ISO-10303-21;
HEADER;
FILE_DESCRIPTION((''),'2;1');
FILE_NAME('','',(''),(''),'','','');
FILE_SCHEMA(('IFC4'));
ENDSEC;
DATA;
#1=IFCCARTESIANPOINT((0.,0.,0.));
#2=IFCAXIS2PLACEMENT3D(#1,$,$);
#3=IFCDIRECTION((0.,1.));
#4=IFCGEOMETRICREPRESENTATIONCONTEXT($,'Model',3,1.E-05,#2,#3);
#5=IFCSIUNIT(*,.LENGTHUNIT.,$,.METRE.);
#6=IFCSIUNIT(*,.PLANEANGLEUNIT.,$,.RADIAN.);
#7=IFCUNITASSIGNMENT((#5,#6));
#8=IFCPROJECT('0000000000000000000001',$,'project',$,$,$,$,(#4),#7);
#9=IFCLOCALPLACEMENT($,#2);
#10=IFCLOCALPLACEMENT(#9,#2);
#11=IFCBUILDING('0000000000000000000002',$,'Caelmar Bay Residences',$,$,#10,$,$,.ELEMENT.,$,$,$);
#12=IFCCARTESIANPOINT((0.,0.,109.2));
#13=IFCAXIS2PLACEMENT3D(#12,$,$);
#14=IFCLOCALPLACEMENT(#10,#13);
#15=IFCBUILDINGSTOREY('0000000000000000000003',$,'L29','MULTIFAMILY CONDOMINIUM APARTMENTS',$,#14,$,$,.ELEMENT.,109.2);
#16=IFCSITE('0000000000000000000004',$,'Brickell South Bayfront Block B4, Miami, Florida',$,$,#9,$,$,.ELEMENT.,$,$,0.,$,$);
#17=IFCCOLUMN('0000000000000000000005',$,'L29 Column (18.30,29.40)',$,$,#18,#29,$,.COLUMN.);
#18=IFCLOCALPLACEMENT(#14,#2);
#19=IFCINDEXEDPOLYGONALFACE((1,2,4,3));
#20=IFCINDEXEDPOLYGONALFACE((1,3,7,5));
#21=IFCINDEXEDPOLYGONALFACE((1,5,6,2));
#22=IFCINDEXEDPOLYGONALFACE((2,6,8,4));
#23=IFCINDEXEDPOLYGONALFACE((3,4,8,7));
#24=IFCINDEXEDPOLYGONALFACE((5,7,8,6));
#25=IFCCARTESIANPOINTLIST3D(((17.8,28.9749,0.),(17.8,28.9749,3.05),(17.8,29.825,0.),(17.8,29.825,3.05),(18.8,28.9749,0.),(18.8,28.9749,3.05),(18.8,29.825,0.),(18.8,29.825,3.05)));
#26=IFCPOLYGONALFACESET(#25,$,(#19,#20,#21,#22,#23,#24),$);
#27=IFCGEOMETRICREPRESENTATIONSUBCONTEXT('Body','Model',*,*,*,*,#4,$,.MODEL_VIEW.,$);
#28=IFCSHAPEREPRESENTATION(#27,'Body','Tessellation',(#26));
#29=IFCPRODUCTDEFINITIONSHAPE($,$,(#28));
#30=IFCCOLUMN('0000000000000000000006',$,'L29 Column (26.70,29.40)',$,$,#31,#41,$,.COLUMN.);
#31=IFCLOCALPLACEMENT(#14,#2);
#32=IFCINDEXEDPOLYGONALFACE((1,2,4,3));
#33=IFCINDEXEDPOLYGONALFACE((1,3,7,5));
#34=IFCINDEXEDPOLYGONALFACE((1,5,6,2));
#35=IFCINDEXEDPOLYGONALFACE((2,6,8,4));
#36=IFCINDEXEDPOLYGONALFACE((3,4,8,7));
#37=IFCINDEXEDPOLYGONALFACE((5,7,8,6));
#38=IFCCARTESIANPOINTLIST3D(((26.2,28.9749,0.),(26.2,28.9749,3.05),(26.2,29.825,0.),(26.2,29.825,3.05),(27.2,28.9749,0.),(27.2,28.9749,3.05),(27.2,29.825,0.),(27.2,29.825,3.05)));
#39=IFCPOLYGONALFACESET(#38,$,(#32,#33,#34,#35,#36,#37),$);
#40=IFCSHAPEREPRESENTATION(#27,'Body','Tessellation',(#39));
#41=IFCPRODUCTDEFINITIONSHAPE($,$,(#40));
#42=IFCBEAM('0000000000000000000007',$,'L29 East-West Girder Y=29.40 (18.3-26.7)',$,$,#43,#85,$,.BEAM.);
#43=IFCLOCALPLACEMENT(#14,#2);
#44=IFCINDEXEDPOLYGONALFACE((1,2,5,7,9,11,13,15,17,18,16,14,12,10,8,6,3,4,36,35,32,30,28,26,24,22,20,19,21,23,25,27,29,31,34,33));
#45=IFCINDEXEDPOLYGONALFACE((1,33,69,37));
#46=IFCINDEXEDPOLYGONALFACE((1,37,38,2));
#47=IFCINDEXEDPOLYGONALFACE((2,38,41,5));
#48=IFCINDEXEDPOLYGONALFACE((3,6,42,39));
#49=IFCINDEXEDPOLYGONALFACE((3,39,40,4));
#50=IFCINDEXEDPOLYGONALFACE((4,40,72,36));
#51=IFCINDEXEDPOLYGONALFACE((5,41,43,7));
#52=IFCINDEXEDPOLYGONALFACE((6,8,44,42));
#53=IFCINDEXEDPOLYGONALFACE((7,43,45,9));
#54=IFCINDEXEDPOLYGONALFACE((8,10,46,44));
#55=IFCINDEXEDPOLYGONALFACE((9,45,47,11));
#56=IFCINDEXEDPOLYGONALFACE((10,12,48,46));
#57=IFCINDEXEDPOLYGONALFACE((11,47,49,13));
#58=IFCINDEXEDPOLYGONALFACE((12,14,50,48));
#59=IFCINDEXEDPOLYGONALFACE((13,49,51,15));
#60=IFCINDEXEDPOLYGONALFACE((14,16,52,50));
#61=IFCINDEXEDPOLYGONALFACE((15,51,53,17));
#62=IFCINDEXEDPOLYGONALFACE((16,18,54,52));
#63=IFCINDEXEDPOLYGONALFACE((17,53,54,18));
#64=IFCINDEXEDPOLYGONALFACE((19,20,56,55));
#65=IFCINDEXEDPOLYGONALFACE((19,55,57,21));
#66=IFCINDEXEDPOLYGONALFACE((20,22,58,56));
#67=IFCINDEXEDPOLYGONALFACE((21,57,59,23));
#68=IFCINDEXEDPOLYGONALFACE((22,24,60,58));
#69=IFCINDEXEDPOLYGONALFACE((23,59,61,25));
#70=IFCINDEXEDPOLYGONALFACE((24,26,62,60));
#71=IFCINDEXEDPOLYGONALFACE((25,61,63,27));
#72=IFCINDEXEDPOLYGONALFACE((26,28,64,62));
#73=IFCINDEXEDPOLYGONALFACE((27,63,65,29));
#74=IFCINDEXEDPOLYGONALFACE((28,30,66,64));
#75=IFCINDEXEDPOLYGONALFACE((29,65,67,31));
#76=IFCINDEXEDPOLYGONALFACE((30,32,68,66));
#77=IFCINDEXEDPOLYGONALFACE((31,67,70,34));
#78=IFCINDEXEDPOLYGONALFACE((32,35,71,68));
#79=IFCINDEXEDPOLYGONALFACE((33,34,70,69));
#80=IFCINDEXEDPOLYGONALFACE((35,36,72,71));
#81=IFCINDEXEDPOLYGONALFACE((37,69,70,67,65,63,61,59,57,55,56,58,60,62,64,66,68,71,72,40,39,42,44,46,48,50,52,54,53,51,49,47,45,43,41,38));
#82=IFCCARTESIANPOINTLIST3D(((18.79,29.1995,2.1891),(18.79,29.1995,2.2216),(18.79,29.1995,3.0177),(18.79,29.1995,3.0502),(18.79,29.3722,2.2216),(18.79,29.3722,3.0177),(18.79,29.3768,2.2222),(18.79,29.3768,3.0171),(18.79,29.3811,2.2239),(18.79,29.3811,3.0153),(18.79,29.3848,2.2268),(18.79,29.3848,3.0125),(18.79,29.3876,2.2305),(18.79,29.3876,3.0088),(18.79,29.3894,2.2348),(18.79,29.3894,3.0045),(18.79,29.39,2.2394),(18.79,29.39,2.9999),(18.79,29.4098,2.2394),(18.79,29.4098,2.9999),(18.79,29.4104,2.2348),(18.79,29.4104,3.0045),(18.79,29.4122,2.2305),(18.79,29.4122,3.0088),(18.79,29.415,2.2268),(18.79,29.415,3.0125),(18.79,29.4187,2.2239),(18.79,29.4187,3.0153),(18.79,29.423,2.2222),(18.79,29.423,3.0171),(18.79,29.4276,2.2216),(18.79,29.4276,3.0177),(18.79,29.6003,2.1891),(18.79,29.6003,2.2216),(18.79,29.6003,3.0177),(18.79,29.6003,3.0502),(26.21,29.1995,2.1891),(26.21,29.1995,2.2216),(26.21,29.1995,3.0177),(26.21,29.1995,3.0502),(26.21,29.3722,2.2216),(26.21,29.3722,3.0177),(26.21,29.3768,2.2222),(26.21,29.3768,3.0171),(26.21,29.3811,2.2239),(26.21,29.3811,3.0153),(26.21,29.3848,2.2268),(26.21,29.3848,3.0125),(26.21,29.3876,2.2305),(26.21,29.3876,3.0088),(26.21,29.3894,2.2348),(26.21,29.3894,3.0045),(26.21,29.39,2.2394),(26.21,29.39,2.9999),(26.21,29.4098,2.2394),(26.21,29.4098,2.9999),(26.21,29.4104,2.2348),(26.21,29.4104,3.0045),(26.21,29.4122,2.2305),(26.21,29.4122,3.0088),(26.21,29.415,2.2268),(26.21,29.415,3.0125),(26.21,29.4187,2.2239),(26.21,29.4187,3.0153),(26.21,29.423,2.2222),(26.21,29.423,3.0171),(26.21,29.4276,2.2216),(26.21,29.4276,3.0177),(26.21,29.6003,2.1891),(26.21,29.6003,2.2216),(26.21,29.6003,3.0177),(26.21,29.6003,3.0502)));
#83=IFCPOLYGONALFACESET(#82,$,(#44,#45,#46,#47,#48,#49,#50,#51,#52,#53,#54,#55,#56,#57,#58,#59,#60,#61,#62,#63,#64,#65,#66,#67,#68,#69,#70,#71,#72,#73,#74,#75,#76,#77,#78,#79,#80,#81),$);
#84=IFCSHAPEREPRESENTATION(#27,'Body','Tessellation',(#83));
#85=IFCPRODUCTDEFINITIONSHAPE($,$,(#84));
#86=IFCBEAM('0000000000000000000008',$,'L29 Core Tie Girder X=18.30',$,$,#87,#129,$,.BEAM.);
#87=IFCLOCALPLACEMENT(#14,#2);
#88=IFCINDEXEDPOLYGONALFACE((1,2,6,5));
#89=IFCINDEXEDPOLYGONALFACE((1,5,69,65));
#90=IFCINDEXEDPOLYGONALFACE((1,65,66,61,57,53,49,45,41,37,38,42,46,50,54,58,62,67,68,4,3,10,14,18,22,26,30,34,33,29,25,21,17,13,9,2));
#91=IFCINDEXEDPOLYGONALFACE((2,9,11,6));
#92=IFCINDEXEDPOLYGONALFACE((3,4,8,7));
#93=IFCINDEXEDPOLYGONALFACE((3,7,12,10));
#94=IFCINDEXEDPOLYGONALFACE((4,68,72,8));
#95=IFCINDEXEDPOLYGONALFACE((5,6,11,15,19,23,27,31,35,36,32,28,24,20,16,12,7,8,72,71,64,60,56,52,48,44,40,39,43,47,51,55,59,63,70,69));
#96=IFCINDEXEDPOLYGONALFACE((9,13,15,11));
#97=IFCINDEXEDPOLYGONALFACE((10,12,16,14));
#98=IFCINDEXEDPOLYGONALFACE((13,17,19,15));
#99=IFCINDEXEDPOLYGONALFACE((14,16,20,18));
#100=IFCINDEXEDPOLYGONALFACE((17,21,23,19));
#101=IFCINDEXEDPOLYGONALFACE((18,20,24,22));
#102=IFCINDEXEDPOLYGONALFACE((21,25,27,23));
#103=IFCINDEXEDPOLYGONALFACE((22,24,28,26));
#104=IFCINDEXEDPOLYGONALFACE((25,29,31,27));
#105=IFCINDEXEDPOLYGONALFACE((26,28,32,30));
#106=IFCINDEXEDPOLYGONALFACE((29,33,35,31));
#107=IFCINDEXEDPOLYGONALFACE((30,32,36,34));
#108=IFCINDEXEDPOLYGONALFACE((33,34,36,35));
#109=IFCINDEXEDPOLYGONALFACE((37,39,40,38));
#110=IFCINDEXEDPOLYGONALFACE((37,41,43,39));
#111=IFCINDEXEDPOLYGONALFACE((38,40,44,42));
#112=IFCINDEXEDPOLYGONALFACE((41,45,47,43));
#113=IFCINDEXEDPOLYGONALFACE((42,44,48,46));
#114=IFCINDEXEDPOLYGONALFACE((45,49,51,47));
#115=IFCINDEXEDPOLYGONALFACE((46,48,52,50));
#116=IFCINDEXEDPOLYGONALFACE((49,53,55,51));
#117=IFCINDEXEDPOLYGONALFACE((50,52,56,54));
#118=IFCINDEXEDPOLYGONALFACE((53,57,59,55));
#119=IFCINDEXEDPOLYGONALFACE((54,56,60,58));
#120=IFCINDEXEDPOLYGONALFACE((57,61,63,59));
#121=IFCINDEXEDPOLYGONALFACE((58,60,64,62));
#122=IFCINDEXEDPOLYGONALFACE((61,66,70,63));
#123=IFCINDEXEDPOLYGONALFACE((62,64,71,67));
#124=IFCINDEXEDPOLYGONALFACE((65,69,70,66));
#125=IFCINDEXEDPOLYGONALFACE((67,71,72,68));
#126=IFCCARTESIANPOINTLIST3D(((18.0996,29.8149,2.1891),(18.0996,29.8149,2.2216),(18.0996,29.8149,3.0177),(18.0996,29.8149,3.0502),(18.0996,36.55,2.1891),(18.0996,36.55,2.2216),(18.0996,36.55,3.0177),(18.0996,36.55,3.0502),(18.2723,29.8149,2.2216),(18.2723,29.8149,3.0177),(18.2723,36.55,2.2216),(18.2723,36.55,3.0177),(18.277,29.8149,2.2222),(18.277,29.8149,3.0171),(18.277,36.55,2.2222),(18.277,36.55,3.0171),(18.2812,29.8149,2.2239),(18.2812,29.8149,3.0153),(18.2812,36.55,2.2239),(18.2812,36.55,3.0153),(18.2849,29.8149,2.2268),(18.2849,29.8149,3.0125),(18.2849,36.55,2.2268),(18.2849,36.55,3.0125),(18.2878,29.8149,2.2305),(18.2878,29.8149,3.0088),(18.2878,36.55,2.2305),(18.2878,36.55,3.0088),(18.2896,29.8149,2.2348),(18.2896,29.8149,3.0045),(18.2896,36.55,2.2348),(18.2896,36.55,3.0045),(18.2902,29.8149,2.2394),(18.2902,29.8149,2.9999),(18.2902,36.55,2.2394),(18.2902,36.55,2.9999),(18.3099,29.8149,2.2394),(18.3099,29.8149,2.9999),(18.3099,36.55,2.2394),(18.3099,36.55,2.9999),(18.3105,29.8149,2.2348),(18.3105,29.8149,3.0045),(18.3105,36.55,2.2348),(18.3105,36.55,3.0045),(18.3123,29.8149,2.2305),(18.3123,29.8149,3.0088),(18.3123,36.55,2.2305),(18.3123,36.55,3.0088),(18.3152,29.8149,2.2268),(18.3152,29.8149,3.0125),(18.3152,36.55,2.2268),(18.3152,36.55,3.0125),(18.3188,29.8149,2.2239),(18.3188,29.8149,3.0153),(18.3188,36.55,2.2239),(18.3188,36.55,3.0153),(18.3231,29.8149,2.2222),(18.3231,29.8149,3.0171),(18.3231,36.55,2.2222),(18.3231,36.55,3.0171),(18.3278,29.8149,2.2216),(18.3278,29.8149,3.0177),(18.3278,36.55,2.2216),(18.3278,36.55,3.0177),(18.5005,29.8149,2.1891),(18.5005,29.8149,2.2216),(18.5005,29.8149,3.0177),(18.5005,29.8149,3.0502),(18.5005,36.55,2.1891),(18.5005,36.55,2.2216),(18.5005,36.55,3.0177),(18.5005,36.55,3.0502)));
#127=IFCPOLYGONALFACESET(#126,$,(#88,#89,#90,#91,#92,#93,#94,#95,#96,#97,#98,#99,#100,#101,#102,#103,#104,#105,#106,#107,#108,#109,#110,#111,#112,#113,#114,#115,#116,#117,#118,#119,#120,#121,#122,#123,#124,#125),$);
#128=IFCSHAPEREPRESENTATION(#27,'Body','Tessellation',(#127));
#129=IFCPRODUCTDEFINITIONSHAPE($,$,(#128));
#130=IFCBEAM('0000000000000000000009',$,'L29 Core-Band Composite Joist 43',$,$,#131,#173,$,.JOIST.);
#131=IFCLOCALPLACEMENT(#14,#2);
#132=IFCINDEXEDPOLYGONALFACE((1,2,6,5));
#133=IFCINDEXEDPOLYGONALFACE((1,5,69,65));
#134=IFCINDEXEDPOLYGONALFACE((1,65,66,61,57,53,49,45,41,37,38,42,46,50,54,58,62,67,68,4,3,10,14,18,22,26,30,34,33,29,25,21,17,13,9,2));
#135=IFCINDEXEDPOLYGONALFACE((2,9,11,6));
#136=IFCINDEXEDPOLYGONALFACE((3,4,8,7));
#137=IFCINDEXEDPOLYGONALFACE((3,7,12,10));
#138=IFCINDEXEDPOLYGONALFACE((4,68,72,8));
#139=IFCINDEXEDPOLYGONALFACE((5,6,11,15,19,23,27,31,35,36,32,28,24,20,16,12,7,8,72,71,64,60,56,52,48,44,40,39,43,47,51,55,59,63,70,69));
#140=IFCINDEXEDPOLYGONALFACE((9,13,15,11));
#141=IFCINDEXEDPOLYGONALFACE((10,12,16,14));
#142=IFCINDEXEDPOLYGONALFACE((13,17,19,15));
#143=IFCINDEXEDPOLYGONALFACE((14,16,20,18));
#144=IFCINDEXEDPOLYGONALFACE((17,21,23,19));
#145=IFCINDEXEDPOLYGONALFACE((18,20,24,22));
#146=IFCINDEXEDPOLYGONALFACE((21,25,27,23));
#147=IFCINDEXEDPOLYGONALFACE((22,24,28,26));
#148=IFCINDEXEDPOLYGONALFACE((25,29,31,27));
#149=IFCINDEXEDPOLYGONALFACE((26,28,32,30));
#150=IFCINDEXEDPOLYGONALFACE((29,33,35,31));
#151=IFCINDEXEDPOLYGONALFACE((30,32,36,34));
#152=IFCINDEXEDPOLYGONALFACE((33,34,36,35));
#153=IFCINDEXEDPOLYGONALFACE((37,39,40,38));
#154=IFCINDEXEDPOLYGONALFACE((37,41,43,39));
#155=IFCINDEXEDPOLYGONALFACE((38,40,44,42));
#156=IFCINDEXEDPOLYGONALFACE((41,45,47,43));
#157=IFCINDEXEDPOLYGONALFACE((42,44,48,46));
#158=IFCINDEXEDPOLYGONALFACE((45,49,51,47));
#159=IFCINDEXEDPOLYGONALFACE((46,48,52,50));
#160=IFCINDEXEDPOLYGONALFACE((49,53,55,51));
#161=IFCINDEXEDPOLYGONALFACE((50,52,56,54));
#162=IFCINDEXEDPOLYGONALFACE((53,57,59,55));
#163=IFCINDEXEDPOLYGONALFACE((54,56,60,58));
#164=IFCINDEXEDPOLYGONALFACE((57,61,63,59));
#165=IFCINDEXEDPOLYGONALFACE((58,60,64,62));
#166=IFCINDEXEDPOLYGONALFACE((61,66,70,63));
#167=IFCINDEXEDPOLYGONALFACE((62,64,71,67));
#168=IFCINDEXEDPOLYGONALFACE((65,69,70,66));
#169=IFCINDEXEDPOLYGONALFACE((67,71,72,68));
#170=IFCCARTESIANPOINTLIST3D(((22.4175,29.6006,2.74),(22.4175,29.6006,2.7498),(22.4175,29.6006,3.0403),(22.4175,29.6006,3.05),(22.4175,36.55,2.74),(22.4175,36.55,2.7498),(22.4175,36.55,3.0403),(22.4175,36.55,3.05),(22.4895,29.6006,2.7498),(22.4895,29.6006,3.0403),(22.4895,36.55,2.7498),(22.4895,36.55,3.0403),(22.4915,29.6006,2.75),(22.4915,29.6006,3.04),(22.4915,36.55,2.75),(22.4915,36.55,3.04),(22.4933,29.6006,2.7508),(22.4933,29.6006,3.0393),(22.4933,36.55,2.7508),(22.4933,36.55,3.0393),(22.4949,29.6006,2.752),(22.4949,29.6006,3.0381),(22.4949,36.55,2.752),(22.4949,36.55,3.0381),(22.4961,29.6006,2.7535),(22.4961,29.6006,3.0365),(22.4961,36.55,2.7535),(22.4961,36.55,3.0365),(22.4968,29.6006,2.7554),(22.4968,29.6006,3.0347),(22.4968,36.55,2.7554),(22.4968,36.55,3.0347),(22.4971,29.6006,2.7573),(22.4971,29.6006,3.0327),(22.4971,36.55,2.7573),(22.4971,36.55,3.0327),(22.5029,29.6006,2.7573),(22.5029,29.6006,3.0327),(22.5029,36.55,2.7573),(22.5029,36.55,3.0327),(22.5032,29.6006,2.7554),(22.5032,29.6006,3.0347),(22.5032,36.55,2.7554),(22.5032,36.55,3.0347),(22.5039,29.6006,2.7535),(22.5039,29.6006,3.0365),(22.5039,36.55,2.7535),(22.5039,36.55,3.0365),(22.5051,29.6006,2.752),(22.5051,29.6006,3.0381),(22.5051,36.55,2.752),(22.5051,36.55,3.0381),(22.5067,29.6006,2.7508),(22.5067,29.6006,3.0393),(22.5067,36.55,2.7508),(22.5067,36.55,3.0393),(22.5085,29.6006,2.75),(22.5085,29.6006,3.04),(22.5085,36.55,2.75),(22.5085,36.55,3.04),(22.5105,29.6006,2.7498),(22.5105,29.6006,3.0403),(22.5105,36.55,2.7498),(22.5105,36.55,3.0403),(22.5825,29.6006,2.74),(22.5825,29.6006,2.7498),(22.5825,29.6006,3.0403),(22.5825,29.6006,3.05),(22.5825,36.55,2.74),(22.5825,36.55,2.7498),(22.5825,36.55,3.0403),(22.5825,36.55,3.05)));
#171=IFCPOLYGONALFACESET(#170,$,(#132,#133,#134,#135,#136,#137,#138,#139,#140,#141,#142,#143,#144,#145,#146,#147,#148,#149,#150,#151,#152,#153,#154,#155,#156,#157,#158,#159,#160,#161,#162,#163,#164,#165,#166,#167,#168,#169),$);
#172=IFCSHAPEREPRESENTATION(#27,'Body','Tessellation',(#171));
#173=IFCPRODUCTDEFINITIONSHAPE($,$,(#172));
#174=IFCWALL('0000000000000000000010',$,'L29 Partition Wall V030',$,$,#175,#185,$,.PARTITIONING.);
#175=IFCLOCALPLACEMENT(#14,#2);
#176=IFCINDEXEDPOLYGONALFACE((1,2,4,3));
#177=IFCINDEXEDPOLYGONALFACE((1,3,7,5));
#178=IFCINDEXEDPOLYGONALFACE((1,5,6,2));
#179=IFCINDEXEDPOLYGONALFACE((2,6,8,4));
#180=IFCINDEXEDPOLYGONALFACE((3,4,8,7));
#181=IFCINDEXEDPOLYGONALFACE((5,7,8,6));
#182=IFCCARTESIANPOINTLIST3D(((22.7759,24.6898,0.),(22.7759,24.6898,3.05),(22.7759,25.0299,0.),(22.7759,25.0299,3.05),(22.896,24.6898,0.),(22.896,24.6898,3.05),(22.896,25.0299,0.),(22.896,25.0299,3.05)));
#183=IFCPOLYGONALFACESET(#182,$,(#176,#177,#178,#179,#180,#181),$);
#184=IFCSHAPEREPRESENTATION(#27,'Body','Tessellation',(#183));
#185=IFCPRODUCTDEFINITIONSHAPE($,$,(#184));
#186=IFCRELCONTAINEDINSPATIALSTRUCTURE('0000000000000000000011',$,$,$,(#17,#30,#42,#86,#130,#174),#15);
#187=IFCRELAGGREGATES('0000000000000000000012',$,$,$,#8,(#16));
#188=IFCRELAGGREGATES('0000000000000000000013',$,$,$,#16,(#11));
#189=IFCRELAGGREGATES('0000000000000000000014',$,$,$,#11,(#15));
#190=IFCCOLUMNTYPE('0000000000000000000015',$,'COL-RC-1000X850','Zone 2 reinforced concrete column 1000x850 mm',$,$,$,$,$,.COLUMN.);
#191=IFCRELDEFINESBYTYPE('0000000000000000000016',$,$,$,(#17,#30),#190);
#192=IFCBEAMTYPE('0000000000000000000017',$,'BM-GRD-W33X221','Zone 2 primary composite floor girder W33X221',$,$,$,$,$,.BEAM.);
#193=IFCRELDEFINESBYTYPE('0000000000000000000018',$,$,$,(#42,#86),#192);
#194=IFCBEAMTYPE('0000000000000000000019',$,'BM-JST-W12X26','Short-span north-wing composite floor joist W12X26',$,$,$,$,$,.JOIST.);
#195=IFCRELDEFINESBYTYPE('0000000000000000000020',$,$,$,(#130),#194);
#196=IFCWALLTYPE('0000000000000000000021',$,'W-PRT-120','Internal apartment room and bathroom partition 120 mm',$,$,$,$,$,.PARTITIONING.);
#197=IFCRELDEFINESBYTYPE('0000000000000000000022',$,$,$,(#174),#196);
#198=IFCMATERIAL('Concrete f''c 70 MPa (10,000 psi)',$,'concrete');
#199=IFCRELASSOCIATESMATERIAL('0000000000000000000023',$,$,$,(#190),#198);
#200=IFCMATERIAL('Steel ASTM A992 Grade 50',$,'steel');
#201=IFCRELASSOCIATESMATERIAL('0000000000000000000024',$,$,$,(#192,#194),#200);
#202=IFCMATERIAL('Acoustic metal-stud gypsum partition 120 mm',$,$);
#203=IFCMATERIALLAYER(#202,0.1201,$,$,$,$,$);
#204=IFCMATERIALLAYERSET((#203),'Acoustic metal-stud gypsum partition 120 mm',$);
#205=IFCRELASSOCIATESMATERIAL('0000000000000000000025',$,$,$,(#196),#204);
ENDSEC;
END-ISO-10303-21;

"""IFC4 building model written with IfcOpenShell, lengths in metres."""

from ifc_helpers import new_model, si_unit, direction, frame, frame_2d, origin, origin_2d, place, context, subcontext, project, spatial, rectangle, i_section, extrude, material, layer, layer_set, material_profile, profile_set, type_object, element, save


model = new_model("IFC4")

# Units and contexts
model_context = context("Model", 3, precision=1e-05, world=origin(), true_north=direction((0.0, 1.0)))
body_context = subcontext(model_context, "Body", "Model", "MODEL_VIEW")
ifc_project = project(units=[si_unit("LENGTHUNIT", "METRE"), si_unit("PLANEANGLEUNIT", "RADIAN")], contexts=[model_context])

# Site, building, storey
site_placement = place(None, origin())
site = spatial("IfcSite", under=ifc_project, at=site_placement, Name="Brickell South Bayfront Block B4, Miami, Florida", CompositionType="ELEMENT", RefElevation=0.0)
building_placement = place(site_placement, origin())
building = spatial("IfcBuilding", under=site, at=building_placement, Name="Caelmar Bay Residences", CompositionType="ELEMENT")
storey_placement = place(building_placement, frame((0.0, 0.0, 109.2)))
storey = spatial("IfcBuildingStorey", under=building, at=storey_placement, Name="L29", Description="MULTIFAMILY CONDOMINIUM APARTMENTS", CompositionType="ELEMENT", Elevation=109.2)

# Columns
ifc_material_1 = material(Name="Concrete f'c 70 MPa (10,000 psi)", Category="concrete")
ifc_material_profile_1 = material_profile(ifc_material_1, rectangle(XDim=1.0, YDim=0.8501, at=origin_2d()), Name="RC-COL-1000X850")
ifc_profile_set_1 = profile_set([ifc_material_profile_1], Name="Concrete f'c 70 MPa (10,000 psi)")
column_type = type_object("IfcColumnType", Name="COL-RC-1000X850", Description="Zone 2 reinforced concrete column 1000x850 mm", PredefinedType="COLUMN", material=ifc_profile_set_1)
for number, where, z_axis, x_axis, name in (
    (1, (18.3, 29.3999, 0.0), (0.0, 0.0, 1.0), (1.0, 0.0, 0.0), "L29 Column (18.30,29.40)"),
    (2, (26.7, 29.3999, 0.0), (0.0, 0.0, 1.0), (1.0, 0.0, 0.0), "L29 Column (26.70,29.40)"),
):
    element("IfcColumn", number, at=place(storey_placement, frame(where, z_axis=z_axis, x_axis=x_axis)), inside=storey, type_object=column_type, Name=name, PredefinedType="COLUMN", context=body_context, shape_type="SweptSolid", body=[
        extrude(rectangle(XDim=1.0, YDim=0.8501, at=origin_2d()), origin(), (0.0, 0.0, 1.0), 3.05),
    ])

# Beams
ifc_material_2 = material(Name="Steel ASTM A992 Grade 50", Category="steel")
ifc_material_profile_2 = material_profile(ifc_material_2, i_section(OverallWidth=0.4009, OverallDepth=0.8611, WebThickness=0.0198, FlangeThickness=0.0325, FilletRadius=0.0178, at=origin_2d()), Name="W33X221")
ifc_profile_set_2 = profile_set([ifc_material_profile_2], Name="Steel ASTM A992 Grade 50")
beam_type_1 = type_object("IfcBeamType", Name="BM-GRD-W33X221", Description="Zone 2 primary composite floor girder W33X221", PredefinedType="BEAM", material=ifc_profile_set_2)
beam_1_placement = place(storey_placement, frame((18.79, 29.3999, 2.6196), z_axis=(1.0, 0.0, 0.0), x_axis=(0.0, 1.0, 0.0)))
element("IfcBeam", 3, at=beam_1_placement, inside=storey, type_object=beam_type_1, Name="L29 East-West Girder Y=29.40 (18.3-26.7)", PredefinedType="BEAM", context=body_context, shape_type="SweptSolid", body=[
    extrude(i_section(OverallWidth=0.4009, OverallDepth=0.8611, WebThickness=0.0198, FlangeThickness=0.0325, FilletRadius=0.0178, at=origin_2d()), origin(), (0.0, 0.0, 1.0), 7.4199),
])
beam_2_placement = place(storey_placement, frame((18.3, 29.8149, 2.6196), z_axis=(0.0, 1.0, 0.0), x_axis=(-1.0, 0.0, 0.0)))
element("IfcBeam", 4, at=beam_2_placement, inside=storey, type_object=beam_type_1, Name="L29 Core Tie Girder X=18.30", PredefinedType="BEAM", context=body_context, shape_type="SweptSolid", body=[
    extrude(i_section(OverallWidth=0.4009, OverallDepth=0.8611, WebThickness=0.0198, FlangeThickness=0.0325, FilletRadius=0.0178, at=origin_2d()), origin(), (0.0, 0.0, 1.0), 6.7351),
])
ifc_material_profile_3 = material_profile(ifc_material_2, i_section(OverallWidth=0.165, OverallDepth=0.3101, WebThickness=0.0059, FlangeThickness=0.0098, FilletRadius=0.0076, at=origin_2d()), Name="W12X26")
ifc_profile_set_3 = profile_set([ifc_material_profile_3], Name="Steel ASTM A992 Grade 50")
beam_type_2 = type_object("IfcBeamType", Name="BM-JST-W12X26", Description="Short-span north-wing composite floor joist W12X26", PredefinedType="JOIST", material=ifc_profile_set_3)
beam_3_placement = place(storey_placement, frame((22.5, 29.6006, 2.895), z_axis=(0.0, 1.0, 0.0), x_axis=(-1.0, 0.0, 0.0)))
element("IfcBeam", 5, at=beam_3_placement, inside=storey, type_object=beam_type_2, Name="L29 Core-Band Composite Joist 43", PredefinedType="JOIST", context=body_context, shape_type="SweptSolid", body=[
    extrude(i_section(OverallWidth=0.165, OverallDepth=0.3101, WebThickness=0.0059, FlangeThickness=0.0098, FilletRadius=0.0076, at=origin_2d()), origin(), (0.0, 0.0, 1.0), 6.9495),
])

# Wall
ifc_material_3 = material(Name="Acoustic metal-stud gypsum partition 120 mm")
ifc_layer_1 = layer(ifc_material_3, 0.1201)
ifc_layer_set_1 = layer_set([ifc_layer_1], Name="Acoustic metal-stud gypsum partition 120 mm")
wall_type_1 = type_object("IfcWallType", Name="W-PRT-120", Description="Internal apartment room and bathroom partition 120 mm", PredefinedType="PARTITIONING", material=ifc_layer_set_1)
wall_1_placement = place(storey_placement, frame((22.8359, 24.6899, 0.0), z_axis=(0.0, 0.0, 1.0), x_axis=(0.0, 1.0, 0.0)))
element("IfcWall", 6, at=wall_1_placement, inside=storey, type_object=wall_type_1, Name="L29 Partition Wall V030", PredefinedType="PARTITIONING", context=body_context, shape_type="SweptSolid", body=[
    extrude(rectangle(XDim=0.3401, YDim=0.1201, at=frame_2d((0.1699, 0.0))), origin(), (0.0, 0.0, 1.0), 3.05),
])

save(model, "model.ifc")
